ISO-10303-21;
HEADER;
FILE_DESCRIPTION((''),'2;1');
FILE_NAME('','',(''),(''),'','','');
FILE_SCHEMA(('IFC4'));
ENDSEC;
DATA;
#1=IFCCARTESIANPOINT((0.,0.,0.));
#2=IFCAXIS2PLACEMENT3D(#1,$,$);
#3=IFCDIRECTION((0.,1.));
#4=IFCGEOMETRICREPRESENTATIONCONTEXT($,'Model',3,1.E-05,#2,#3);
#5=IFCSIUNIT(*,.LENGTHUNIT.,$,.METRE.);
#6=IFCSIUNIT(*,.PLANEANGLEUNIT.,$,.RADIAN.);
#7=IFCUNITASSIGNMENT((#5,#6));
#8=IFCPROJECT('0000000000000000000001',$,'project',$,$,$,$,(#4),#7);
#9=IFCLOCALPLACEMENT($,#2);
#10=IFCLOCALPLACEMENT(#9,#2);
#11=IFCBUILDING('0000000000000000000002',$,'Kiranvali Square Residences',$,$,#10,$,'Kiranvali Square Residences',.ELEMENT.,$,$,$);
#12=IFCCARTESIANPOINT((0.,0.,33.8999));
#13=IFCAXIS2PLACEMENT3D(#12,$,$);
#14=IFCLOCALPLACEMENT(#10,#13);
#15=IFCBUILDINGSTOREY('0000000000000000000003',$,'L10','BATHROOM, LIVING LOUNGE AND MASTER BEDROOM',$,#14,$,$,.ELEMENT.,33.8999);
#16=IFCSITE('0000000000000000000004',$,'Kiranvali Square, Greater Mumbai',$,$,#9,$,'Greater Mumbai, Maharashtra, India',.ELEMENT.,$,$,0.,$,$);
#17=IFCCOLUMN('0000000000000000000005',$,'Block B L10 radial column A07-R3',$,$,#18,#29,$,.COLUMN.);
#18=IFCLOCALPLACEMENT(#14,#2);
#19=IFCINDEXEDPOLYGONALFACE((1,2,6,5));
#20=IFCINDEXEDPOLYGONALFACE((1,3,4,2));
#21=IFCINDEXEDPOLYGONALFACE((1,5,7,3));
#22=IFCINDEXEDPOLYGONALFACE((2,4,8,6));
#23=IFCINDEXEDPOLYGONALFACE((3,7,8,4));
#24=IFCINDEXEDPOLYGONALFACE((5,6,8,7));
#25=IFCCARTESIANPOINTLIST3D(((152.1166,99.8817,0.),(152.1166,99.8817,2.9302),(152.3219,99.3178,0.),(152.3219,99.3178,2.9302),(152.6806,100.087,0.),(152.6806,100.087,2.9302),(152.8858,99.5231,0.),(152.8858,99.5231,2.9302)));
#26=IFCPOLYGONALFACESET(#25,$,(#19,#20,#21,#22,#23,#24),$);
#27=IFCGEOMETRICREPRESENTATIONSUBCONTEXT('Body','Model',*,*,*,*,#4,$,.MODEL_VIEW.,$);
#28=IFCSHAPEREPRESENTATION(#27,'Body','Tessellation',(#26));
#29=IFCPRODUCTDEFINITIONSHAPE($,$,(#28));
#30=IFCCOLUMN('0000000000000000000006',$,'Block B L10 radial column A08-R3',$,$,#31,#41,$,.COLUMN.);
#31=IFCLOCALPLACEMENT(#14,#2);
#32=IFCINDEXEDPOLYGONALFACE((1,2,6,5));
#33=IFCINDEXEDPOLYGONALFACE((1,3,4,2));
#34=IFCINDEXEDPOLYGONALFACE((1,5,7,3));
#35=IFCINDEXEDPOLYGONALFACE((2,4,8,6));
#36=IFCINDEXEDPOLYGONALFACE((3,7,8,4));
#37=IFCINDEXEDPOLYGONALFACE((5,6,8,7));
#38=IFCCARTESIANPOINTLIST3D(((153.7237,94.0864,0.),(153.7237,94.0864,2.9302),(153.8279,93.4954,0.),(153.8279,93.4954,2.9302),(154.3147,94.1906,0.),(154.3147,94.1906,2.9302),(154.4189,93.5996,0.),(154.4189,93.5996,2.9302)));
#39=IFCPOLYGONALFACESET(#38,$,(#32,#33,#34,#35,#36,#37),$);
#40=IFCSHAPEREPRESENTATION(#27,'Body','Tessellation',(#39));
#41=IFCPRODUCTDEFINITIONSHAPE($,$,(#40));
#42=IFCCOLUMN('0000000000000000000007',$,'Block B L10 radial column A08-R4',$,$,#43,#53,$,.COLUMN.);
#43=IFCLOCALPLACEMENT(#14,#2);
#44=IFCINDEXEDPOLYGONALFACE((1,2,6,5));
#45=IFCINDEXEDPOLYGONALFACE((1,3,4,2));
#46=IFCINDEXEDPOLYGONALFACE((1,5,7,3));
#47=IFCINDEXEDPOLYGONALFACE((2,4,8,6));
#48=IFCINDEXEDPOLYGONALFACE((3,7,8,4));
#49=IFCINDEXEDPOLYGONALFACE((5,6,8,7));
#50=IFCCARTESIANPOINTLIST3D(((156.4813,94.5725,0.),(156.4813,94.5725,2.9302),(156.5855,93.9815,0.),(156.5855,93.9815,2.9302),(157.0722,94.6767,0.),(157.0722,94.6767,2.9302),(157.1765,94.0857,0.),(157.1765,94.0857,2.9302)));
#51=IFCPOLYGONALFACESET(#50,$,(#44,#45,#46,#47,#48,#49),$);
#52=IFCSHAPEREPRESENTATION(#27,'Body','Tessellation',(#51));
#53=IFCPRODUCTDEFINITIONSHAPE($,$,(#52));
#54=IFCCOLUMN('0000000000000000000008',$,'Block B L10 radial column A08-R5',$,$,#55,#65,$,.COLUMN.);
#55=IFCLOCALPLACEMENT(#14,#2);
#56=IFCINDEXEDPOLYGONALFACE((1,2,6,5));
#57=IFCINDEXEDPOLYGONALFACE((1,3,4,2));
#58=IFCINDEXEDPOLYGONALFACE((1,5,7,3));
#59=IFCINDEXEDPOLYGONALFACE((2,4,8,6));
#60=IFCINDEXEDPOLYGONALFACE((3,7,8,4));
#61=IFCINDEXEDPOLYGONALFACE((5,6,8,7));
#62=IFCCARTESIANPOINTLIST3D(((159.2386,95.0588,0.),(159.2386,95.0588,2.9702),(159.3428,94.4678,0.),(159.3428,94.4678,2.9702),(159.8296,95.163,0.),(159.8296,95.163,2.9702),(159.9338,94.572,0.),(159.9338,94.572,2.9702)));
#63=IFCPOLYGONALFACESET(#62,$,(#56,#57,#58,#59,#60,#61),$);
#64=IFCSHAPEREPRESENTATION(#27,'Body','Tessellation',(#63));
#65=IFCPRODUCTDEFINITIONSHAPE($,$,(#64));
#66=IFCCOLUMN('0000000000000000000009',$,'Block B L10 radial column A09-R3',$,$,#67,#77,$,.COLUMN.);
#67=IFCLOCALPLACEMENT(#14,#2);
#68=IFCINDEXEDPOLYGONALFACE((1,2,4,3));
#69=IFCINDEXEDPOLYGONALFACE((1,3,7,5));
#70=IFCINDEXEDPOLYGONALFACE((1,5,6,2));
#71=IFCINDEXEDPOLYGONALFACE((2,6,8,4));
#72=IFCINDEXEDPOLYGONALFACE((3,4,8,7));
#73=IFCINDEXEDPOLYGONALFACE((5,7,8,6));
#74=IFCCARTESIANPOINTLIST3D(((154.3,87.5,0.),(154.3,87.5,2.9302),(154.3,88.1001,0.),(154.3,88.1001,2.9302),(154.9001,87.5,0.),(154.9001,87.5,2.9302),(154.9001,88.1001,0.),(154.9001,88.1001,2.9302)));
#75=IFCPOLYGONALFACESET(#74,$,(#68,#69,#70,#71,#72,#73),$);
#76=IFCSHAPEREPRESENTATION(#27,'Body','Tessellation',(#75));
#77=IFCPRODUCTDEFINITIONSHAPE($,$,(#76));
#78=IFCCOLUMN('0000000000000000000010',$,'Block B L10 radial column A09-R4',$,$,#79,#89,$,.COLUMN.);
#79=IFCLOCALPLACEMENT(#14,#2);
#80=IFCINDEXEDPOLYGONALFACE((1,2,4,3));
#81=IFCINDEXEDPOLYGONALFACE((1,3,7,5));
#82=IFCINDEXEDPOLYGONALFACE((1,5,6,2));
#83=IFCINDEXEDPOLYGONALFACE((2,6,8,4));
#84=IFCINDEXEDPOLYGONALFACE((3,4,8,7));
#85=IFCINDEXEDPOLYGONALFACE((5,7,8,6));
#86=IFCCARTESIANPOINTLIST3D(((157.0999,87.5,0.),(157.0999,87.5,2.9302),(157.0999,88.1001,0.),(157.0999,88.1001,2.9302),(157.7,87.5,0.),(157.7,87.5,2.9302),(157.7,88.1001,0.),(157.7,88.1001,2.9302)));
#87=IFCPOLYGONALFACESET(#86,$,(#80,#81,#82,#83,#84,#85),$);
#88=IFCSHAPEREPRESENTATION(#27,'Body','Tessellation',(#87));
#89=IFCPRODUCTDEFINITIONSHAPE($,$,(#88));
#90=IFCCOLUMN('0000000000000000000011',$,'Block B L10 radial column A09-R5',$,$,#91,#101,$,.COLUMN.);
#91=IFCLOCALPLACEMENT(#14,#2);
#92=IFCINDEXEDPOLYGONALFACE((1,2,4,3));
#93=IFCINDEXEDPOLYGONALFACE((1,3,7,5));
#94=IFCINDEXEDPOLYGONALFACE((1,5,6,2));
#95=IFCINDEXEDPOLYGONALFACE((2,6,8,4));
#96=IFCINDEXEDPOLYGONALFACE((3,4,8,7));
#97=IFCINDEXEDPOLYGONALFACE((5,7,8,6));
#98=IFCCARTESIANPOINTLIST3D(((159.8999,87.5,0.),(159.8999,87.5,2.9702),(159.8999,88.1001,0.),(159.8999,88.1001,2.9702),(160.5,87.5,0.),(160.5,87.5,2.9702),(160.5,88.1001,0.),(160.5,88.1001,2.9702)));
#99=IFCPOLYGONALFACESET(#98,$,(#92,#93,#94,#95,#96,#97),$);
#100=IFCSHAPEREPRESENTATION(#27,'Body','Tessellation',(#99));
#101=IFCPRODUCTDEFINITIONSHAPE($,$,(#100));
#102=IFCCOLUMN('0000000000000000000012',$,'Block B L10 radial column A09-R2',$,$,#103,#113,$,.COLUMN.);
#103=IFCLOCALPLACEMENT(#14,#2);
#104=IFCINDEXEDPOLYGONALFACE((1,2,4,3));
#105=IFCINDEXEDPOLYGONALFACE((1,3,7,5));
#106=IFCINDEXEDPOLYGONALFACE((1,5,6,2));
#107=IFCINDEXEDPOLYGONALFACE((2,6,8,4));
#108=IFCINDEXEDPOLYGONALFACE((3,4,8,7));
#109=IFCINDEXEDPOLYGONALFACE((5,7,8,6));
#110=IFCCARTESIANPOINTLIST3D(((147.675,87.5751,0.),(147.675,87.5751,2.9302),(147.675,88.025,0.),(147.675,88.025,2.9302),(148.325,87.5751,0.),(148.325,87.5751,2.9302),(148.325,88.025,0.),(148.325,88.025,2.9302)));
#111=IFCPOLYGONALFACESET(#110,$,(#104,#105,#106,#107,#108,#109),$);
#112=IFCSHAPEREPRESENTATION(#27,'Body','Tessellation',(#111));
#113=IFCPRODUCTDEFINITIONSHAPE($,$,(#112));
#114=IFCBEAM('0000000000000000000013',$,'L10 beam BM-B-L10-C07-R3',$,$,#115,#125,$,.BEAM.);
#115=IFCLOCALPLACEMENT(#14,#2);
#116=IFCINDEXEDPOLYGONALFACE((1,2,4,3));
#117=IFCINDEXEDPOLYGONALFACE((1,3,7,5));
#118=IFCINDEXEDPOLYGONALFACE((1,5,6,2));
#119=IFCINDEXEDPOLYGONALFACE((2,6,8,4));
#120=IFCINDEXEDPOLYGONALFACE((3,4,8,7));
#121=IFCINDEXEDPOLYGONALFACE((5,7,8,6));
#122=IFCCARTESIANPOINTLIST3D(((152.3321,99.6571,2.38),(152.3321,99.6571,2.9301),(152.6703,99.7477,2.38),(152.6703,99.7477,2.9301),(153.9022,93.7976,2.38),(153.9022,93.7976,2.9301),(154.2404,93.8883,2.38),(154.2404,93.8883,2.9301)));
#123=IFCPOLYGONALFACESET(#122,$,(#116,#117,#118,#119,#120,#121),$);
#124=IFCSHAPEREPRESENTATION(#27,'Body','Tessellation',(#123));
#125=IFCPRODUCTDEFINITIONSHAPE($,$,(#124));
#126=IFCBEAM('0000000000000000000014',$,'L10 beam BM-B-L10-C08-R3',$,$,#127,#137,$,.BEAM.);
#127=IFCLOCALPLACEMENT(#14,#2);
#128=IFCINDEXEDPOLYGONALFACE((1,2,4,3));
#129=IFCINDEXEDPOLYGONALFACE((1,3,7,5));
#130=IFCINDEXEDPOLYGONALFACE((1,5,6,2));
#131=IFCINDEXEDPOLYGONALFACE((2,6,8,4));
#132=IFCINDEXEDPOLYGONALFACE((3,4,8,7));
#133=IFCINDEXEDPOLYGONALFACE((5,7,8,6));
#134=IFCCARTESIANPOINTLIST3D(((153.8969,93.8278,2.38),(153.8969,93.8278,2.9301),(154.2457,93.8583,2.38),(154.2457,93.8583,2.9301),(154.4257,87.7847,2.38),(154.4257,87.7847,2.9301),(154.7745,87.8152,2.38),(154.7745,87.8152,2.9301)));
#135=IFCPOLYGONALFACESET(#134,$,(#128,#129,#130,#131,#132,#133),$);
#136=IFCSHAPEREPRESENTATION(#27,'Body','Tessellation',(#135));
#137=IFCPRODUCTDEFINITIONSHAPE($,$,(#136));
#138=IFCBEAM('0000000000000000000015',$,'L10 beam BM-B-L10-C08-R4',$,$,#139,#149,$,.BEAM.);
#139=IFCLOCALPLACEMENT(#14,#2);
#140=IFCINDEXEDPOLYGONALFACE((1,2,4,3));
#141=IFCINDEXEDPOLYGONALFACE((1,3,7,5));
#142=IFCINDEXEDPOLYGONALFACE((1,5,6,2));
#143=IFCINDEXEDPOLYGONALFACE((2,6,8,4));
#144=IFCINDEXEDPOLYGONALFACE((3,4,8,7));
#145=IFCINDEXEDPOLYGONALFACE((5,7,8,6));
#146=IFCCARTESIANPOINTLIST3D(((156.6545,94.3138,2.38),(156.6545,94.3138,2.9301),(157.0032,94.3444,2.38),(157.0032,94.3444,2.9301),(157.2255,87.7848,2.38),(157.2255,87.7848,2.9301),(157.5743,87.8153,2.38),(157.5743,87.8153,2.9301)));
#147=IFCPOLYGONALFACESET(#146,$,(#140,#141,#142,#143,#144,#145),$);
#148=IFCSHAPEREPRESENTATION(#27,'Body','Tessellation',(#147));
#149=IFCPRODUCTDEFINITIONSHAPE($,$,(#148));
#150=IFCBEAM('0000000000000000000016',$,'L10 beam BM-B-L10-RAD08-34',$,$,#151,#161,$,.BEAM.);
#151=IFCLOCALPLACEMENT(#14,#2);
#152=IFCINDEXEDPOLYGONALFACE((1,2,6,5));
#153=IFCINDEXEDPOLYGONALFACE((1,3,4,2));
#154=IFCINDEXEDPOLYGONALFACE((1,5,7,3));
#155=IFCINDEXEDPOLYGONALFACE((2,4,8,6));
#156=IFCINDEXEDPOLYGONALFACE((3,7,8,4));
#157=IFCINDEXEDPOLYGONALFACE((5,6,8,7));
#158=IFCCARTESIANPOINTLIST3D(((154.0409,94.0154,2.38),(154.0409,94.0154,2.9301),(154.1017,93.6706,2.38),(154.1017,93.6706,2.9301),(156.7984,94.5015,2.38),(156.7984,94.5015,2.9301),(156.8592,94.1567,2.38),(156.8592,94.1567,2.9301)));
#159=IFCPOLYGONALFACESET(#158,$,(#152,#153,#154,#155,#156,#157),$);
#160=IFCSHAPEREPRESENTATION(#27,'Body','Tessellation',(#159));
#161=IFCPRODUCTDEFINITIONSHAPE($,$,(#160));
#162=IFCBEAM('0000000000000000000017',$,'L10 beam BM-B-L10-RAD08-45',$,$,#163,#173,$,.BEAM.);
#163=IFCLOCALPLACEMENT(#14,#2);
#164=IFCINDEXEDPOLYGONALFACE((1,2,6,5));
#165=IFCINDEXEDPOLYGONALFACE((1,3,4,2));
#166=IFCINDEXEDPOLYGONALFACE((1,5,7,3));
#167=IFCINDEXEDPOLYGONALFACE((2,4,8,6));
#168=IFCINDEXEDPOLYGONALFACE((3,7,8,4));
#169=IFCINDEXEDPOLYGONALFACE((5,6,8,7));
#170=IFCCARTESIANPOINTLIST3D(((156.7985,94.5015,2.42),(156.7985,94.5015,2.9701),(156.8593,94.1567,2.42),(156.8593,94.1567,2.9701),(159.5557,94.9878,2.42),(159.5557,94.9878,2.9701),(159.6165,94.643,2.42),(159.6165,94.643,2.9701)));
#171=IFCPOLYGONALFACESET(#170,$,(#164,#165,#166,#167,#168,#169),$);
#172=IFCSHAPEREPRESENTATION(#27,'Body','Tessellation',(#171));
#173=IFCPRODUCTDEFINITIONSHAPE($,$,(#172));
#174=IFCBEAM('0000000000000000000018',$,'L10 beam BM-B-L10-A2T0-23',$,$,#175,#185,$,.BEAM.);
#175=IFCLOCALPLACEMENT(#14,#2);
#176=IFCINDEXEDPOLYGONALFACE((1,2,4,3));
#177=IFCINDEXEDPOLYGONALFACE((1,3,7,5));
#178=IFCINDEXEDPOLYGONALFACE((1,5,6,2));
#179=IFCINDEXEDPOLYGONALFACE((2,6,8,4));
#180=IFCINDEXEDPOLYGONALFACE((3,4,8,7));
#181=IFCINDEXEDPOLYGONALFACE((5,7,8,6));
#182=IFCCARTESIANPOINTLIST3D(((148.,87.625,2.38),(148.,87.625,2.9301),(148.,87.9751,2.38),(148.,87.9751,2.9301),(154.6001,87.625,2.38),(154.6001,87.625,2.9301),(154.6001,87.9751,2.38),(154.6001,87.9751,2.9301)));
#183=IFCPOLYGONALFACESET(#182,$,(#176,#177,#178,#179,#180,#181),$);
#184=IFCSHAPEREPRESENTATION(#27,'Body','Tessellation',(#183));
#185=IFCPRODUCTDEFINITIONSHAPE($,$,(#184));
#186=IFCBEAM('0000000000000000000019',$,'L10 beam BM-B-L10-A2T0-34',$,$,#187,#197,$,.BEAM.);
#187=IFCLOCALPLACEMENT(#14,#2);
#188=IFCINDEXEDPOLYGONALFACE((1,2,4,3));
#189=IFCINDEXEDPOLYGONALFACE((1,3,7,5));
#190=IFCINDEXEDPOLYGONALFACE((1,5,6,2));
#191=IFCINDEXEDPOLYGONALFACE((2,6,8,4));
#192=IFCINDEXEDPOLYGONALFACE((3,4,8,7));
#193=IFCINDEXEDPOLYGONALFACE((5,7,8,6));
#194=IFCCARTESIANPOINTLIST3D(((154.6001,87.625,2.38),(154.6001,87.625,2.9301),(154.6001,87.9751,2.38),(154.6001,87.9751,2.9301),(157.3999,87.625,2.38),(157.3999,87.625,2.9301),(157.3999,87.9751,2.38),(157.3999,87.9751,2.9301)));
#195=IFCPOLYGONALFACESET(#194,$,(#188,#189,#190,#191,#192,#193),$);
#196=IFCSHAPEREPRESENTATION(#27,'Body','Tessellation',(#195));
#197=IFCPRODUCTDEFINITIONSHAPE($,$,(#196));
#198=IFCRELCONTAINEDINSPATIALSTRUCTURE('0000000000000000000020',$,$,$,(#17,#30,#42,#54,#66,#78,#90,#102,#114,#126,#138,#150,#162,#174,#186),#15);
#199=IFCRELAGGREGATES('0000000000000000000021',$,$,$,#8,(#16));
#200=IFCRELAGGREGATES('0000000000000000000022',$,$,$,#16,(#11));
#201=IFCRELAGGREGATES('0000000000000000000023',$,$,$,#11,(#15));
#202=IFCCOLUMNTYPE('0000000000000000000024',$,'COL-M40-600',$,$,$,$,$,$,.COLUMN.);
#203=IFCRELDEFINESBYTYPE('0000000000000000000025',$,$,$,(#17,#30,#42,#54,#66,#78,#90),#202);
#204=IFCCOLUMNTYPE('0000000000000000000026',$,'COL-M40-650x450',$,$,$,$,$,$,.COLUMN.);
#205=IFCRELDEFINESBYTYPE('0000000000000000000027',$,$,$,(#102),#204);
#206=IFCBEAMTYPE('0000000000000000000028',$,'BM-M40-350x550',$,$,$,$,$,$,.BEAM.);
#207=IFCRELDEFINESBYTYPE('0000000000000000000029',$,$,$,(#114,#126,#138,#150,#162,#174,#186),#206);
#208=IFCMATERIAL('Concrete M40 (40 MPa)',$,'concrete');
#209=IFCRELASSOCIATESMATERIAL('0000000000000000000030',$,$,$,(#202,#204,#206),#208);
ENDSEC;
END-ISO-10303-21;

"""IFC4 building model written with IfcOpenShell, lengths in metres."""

from ifc_helpers import new_model, si_unit, direction, frame, origin, origin_2d, place, context, subcontext, project, spatial, rectangle, extrude, material, material_profile, profile_set, type_object, element, save


model = new_model("IFC4")

# Units and contexts
model_context = context("Model", 3, precision=1e-05, world=origin(), true_north=direction((0.0, 1.0)))
body_context = subcontext(model_context, "Body", "Model", "MODEL_VIEW")
ifc_project = project(units=[si_unit("LENGTHUNIT", "METRE"), si_unit("PLANEANGLEUNIT", "RADIAN")], contexts=[model_context])

# Site, building, storey
site_placement = place(None, origin())
site = spatial("IfcSite", under=ifc_project, at=site_placement, Name="Kiranvali Square, Greater Mumbai", LongName="Greater Mumbai, Maharashtra, India", CompositionType="ELEMENT", RefElevation=0.0)
building_placement = place(site_placement, origin())
building = spatial("IfcBuilding", under=site, at=building_placement, Name="Kiranvali Square Residences", LongName="Kiranvali Square Residences", CompositionType="ELEMENT")
storey_placement = place(building_placement, frame((0.0, 0.0, 33.8999)))
storey = spatial("IfcBuildingStorey", under=building, at=storey_placement, Name="L10", Description="BATHROOM, LIVING LOUNGE AND MASTER BEDROOM", CompositionType="ELEMENT", Elevation=33.8999)

# Columns
ifc_material_1 = material(Name="Concrete M40 (40 MPa)", Category="concrete")
ifc_material_profile_1 = material_profile(ifc_material_1, rectangle(XDim=0.6001, YDim=0.6001, at=origin_2d()), Name="RC 600x600")
ifc_profile_set_1 = profile_set([ifc_material_profile_1], Name="Concrete M40 (40 MPa)")
column_type_1 = type_object("IfcColumnType", Name="COL-M40-600", PredefinedType="COLUMN", material=ifc_profile_set_1)
for number, where, z_axis, x_axis, name in (
    (1, (152.5012, 99.7024, 0.0), (0.0, 0.0, 1.0), (-0.34202, 0.939693, 0.0), "Block B L10 radial column A07-R3"),
    (2, (154.0713, 93.843, 0.0), (0.0, 0.0, 1.0), (-0.173648, 0.984808, 0.0), "Block B L10 radial column A08-R3"),
    (3, (156.8289, 94.3291, 0.0), (0.0, 0.0, 1.0), (-0.173648, 0.984808, 0.0), "Block B L10 radial column A08-R4"),
):
    element("IfcColumn", number, at=place(storey_placement, frame(where, z_axis=z_axis, x_axis=x_axis)), inside=storey, type_object=column_type_1, Name=name, PredefinedType="COLUMN", context=body_context, shape_type="SweptSolid", body=[
        extrude(rectangle(XDim=0.6001, YDim=0.6001, at=origin_2d()), origin(), (0.0, 0.0, 1.0), 2.9302),
    ])
column_1_placement = place(storey_placement, frame((159.5862, 94.8154, 0.0), z_axis=(0.0, 0.0, 1.0), x_axis=(-0.173648, 0.984808, 0.0)))
element("IfcColumn", 4, at=column_1_placement, inside=storey, type_object=column_type_1, Name="Block B L10 radial column A08-R5", PredefinedType="COLUMN", context=body_context, shape_type="SweptSolid", body=[
    extrude(rectangle(XDim=0.6001, YDim=0.6001, at=origin_2d()), origin(), (0.0, 0.0, 1.0), 2.9702),
])
for number, where, z_axis, x_axis, name in (
    (5, (154.6001, 87.8, 0.0), (0.0, 0.0, 1.0), (0.0, 1.0, 0.0), "Block B L10 radial column A09-R3"),
    (6, (157.3999, 87.8, 0.0), (0.0, 0.0, 1.0), (0.0, 1.0, 0.0), "Block B L10 radial column A09-R4"),
):
    element("IfcColumn", number, at=place(storey_placement, frame(where, z_axis=z_axis, x_axis=x_axis)), inside=storey, type_object=column_type_1, Name=name, PredefinedType="COLUMN", context=body_context, shape_type="SweptSolid", body=[
        extrude(rectangle(XDim=0.6001, YDim=0.6001, at=origin_2d()), origin(), (0.0, 0.0, 1.0), 2.9302),
    ])
column_2_placement = place(storey_placement, frame((160.2, 87.8, 0.0), z_axis=(0.0, 0.0, 1.0), x_axis=(0.0, 1.0, 0.0)))
element("IfcColumn", 7, at=column_2_placement, inside=storey, type_object=column_type_1, Name="Block B L10 radial column A09-R5", PredefinedType="COLUMN", context=body_context, shape_type="SweptSolid", body=[
    extrude(rectangle(XDim=0.6001, YDim=0.6001, at=origin_2d()), origin(), (0.0, 0.0, 1.0), 2.9702),
])
ifc_material_profile_2 = material_profile(ifc_material_1, rectangle(XDim=0.45, YDim=0.6499, at=origin_2d()), Name="RC 650x450")
ifc_profile_set_2 = profile_set([ifc_material_profile_2], Name="Concrete M40 (40 MPa)")
column_type_2 = type_object("IfcColumnType", Name="COL-M40-650x450", PredefinedType="COLUMN", material=ifc_profile_set_2)
column_3_placement = place(storey_placement, frame((148.0, 87.8, 0.0), z_axis=(0.0, 0.0, 1.0), x_axis=(0.0, 1.0, 0.0)))
element("IfcColumn", 8, at=column_3_placement, inside=storey, type_object=column_type_2, Name="Block B L10 radial column A09-R2", PredefinedType="COLUMN", context=body_context, shape_type="SweptSolid", body=[
    extrude(rectangle(XDim=0.45, YDim=0.6499, at=origin_2d()), origin(), (0.0, 0.0, 1.0), 2.9302),
])

# Beams
ifc_material_profile_3 = material_profile(ifc_material_1, rectangle(XDim=0.3501, YDim=0.55, at=origin_2d()), Name="RC 350x550")
ifc_profile_set_3 = profile_set([ifc_material_profile_3], Name="Concrete M40 (40 MPa)")
beam_type_1 = type_object("IfcBeamType", Name="BM-M40-350x550", PredefinedType="BEAM", material=ifc_profile_set_3)
for number, where, z_axis, x_axis, name in (
    (9, (152.5012, 99.7024, 2.655), (0.258827, -0.965924, 0.0), (0.965924, 0.258827, 0.0), "L10 beam BM-B-L10-C07-R3"),
    (10, (154.0713, 93.843, 2.655), (0.087175, -0.996193, 0.0), (0.996193, 0.087175, 0.0), "L10 beam BM-B-L10-C08-R3"),
):
    element("IfcBeam", number, at=place(storey_placement, frame(where, z_axis=z_axis, x_axis=x_axis)), inside=storey, type_object=beam_type_1, Name=name, PredefinedType="BEAM", context=body_context, shape_type="SweptSolid", body=[
        extrude(rectangle(XDim=0.3501, YDim=0.55, at=origin_2d()), origin(), (0.0, 0.0, 1.0), 6.0662),
    ])
beam_1_placement = place(storey_placement, frame((156.8289, 94.3291, 2.655), z_axis=(0.08713, -0.996197, 0.0), x_axis=(0.996197, 0.08713, 0.0)))
element("IfcBeam", 11, at=beam_1_placement, inside=storey, type_object=beam_type_1, Name="L10 beam BM-B-L10-C08-R4", PredefinedType="BEAM", context=body_context, shape_type="SweptSolid", body=[
    extrude(rectangle(XDim=0.3501, YDim=0.55, at=origin_2d()), origin(), (0.0, 0.0, 1.0), 6.554),
])
beam_2_placement = place(storey_placement, frame((154.0713, 93.843, 2.655), z_axis=(0.984817, 0.173596, 0.0), x_axis=(-0.173596, 0.984817, 0.0)))
element("IfcBeam", 12, at=beam_2_placement, inside=storey, type_object=beam_type_1, Name="L10 beam BM-B-L10-RAD08-34", PredefinedType="BEAM", context=body_context, shape_type="SweptSolid", body=[
    extrude(rectangle(XDim=0.3501, YDim=0.55, at=origin_2d()), origin(), (0.0, 0.0, 1.0), 2.8),
])
beam_3_placement = place(storey_placement, frame((156.8289, 94.3291, 2.6951), z_axis=(0.984799, 0.173696, 0.0), x_axis=(-0.173696, 0.984799, 0.0)))
element("IfcBeam", 13, at=beam_3_placement, inside=storey, type_object=beam_type_1, Name="L10 beam BM-B-L10-RAD08-45", PredefinedType="BEAM", context=body_context, shape_type="SweptSolid", body=[
    extrude(rectangle(XDim=0.3501, YDim=0.55, at=origin_2d()), origin(), (0.0, 0.0, 1.0), 2.7998),
])
beam_4_placement = place(storey_placement, frame((148.0, 87.8, 2.655), z_axis=(1.0, 0.0, 0.0), x_axis=(0.0, 1.0, 0.0)))
element("IfcBeam", 14, at=beam_4_placement, inside=storey, type_object=beam_type_1, Name="L10 beam BM-B-L10-A2T0-23", PredefinedType="BEAM", context=body_context, shape_type="SweptSolid", body=[
    extrude(rectangle(XDim=0.3501, YDim=0.55, at=origin_2d()), origin(), (0.0, 0.0, 1.0), 6.6001),
])
beam_5_placement = place(storey_placement, frame((154.6001, 87.8, 2.655), z_axis=(1.0, 0.0, 0.0), x_axis=(0.0, 1.0, 0.0)))
element("IfcBeam", 15, at=beam_5_placement, inside=storey, type_object=beam_type_1, Name="L10 beam BM-B-L10-A2T0-34", PredefinedType="BEAM", context=body_context, shape_type="SweptSolid", body=[
    extrude(rectangle(XDim=0.3501, YDim=0.55, at=origin_2d()), origin(), (0.0, 0.0, 1.0), 2.7998),
])

save(model, "model.ifc")
